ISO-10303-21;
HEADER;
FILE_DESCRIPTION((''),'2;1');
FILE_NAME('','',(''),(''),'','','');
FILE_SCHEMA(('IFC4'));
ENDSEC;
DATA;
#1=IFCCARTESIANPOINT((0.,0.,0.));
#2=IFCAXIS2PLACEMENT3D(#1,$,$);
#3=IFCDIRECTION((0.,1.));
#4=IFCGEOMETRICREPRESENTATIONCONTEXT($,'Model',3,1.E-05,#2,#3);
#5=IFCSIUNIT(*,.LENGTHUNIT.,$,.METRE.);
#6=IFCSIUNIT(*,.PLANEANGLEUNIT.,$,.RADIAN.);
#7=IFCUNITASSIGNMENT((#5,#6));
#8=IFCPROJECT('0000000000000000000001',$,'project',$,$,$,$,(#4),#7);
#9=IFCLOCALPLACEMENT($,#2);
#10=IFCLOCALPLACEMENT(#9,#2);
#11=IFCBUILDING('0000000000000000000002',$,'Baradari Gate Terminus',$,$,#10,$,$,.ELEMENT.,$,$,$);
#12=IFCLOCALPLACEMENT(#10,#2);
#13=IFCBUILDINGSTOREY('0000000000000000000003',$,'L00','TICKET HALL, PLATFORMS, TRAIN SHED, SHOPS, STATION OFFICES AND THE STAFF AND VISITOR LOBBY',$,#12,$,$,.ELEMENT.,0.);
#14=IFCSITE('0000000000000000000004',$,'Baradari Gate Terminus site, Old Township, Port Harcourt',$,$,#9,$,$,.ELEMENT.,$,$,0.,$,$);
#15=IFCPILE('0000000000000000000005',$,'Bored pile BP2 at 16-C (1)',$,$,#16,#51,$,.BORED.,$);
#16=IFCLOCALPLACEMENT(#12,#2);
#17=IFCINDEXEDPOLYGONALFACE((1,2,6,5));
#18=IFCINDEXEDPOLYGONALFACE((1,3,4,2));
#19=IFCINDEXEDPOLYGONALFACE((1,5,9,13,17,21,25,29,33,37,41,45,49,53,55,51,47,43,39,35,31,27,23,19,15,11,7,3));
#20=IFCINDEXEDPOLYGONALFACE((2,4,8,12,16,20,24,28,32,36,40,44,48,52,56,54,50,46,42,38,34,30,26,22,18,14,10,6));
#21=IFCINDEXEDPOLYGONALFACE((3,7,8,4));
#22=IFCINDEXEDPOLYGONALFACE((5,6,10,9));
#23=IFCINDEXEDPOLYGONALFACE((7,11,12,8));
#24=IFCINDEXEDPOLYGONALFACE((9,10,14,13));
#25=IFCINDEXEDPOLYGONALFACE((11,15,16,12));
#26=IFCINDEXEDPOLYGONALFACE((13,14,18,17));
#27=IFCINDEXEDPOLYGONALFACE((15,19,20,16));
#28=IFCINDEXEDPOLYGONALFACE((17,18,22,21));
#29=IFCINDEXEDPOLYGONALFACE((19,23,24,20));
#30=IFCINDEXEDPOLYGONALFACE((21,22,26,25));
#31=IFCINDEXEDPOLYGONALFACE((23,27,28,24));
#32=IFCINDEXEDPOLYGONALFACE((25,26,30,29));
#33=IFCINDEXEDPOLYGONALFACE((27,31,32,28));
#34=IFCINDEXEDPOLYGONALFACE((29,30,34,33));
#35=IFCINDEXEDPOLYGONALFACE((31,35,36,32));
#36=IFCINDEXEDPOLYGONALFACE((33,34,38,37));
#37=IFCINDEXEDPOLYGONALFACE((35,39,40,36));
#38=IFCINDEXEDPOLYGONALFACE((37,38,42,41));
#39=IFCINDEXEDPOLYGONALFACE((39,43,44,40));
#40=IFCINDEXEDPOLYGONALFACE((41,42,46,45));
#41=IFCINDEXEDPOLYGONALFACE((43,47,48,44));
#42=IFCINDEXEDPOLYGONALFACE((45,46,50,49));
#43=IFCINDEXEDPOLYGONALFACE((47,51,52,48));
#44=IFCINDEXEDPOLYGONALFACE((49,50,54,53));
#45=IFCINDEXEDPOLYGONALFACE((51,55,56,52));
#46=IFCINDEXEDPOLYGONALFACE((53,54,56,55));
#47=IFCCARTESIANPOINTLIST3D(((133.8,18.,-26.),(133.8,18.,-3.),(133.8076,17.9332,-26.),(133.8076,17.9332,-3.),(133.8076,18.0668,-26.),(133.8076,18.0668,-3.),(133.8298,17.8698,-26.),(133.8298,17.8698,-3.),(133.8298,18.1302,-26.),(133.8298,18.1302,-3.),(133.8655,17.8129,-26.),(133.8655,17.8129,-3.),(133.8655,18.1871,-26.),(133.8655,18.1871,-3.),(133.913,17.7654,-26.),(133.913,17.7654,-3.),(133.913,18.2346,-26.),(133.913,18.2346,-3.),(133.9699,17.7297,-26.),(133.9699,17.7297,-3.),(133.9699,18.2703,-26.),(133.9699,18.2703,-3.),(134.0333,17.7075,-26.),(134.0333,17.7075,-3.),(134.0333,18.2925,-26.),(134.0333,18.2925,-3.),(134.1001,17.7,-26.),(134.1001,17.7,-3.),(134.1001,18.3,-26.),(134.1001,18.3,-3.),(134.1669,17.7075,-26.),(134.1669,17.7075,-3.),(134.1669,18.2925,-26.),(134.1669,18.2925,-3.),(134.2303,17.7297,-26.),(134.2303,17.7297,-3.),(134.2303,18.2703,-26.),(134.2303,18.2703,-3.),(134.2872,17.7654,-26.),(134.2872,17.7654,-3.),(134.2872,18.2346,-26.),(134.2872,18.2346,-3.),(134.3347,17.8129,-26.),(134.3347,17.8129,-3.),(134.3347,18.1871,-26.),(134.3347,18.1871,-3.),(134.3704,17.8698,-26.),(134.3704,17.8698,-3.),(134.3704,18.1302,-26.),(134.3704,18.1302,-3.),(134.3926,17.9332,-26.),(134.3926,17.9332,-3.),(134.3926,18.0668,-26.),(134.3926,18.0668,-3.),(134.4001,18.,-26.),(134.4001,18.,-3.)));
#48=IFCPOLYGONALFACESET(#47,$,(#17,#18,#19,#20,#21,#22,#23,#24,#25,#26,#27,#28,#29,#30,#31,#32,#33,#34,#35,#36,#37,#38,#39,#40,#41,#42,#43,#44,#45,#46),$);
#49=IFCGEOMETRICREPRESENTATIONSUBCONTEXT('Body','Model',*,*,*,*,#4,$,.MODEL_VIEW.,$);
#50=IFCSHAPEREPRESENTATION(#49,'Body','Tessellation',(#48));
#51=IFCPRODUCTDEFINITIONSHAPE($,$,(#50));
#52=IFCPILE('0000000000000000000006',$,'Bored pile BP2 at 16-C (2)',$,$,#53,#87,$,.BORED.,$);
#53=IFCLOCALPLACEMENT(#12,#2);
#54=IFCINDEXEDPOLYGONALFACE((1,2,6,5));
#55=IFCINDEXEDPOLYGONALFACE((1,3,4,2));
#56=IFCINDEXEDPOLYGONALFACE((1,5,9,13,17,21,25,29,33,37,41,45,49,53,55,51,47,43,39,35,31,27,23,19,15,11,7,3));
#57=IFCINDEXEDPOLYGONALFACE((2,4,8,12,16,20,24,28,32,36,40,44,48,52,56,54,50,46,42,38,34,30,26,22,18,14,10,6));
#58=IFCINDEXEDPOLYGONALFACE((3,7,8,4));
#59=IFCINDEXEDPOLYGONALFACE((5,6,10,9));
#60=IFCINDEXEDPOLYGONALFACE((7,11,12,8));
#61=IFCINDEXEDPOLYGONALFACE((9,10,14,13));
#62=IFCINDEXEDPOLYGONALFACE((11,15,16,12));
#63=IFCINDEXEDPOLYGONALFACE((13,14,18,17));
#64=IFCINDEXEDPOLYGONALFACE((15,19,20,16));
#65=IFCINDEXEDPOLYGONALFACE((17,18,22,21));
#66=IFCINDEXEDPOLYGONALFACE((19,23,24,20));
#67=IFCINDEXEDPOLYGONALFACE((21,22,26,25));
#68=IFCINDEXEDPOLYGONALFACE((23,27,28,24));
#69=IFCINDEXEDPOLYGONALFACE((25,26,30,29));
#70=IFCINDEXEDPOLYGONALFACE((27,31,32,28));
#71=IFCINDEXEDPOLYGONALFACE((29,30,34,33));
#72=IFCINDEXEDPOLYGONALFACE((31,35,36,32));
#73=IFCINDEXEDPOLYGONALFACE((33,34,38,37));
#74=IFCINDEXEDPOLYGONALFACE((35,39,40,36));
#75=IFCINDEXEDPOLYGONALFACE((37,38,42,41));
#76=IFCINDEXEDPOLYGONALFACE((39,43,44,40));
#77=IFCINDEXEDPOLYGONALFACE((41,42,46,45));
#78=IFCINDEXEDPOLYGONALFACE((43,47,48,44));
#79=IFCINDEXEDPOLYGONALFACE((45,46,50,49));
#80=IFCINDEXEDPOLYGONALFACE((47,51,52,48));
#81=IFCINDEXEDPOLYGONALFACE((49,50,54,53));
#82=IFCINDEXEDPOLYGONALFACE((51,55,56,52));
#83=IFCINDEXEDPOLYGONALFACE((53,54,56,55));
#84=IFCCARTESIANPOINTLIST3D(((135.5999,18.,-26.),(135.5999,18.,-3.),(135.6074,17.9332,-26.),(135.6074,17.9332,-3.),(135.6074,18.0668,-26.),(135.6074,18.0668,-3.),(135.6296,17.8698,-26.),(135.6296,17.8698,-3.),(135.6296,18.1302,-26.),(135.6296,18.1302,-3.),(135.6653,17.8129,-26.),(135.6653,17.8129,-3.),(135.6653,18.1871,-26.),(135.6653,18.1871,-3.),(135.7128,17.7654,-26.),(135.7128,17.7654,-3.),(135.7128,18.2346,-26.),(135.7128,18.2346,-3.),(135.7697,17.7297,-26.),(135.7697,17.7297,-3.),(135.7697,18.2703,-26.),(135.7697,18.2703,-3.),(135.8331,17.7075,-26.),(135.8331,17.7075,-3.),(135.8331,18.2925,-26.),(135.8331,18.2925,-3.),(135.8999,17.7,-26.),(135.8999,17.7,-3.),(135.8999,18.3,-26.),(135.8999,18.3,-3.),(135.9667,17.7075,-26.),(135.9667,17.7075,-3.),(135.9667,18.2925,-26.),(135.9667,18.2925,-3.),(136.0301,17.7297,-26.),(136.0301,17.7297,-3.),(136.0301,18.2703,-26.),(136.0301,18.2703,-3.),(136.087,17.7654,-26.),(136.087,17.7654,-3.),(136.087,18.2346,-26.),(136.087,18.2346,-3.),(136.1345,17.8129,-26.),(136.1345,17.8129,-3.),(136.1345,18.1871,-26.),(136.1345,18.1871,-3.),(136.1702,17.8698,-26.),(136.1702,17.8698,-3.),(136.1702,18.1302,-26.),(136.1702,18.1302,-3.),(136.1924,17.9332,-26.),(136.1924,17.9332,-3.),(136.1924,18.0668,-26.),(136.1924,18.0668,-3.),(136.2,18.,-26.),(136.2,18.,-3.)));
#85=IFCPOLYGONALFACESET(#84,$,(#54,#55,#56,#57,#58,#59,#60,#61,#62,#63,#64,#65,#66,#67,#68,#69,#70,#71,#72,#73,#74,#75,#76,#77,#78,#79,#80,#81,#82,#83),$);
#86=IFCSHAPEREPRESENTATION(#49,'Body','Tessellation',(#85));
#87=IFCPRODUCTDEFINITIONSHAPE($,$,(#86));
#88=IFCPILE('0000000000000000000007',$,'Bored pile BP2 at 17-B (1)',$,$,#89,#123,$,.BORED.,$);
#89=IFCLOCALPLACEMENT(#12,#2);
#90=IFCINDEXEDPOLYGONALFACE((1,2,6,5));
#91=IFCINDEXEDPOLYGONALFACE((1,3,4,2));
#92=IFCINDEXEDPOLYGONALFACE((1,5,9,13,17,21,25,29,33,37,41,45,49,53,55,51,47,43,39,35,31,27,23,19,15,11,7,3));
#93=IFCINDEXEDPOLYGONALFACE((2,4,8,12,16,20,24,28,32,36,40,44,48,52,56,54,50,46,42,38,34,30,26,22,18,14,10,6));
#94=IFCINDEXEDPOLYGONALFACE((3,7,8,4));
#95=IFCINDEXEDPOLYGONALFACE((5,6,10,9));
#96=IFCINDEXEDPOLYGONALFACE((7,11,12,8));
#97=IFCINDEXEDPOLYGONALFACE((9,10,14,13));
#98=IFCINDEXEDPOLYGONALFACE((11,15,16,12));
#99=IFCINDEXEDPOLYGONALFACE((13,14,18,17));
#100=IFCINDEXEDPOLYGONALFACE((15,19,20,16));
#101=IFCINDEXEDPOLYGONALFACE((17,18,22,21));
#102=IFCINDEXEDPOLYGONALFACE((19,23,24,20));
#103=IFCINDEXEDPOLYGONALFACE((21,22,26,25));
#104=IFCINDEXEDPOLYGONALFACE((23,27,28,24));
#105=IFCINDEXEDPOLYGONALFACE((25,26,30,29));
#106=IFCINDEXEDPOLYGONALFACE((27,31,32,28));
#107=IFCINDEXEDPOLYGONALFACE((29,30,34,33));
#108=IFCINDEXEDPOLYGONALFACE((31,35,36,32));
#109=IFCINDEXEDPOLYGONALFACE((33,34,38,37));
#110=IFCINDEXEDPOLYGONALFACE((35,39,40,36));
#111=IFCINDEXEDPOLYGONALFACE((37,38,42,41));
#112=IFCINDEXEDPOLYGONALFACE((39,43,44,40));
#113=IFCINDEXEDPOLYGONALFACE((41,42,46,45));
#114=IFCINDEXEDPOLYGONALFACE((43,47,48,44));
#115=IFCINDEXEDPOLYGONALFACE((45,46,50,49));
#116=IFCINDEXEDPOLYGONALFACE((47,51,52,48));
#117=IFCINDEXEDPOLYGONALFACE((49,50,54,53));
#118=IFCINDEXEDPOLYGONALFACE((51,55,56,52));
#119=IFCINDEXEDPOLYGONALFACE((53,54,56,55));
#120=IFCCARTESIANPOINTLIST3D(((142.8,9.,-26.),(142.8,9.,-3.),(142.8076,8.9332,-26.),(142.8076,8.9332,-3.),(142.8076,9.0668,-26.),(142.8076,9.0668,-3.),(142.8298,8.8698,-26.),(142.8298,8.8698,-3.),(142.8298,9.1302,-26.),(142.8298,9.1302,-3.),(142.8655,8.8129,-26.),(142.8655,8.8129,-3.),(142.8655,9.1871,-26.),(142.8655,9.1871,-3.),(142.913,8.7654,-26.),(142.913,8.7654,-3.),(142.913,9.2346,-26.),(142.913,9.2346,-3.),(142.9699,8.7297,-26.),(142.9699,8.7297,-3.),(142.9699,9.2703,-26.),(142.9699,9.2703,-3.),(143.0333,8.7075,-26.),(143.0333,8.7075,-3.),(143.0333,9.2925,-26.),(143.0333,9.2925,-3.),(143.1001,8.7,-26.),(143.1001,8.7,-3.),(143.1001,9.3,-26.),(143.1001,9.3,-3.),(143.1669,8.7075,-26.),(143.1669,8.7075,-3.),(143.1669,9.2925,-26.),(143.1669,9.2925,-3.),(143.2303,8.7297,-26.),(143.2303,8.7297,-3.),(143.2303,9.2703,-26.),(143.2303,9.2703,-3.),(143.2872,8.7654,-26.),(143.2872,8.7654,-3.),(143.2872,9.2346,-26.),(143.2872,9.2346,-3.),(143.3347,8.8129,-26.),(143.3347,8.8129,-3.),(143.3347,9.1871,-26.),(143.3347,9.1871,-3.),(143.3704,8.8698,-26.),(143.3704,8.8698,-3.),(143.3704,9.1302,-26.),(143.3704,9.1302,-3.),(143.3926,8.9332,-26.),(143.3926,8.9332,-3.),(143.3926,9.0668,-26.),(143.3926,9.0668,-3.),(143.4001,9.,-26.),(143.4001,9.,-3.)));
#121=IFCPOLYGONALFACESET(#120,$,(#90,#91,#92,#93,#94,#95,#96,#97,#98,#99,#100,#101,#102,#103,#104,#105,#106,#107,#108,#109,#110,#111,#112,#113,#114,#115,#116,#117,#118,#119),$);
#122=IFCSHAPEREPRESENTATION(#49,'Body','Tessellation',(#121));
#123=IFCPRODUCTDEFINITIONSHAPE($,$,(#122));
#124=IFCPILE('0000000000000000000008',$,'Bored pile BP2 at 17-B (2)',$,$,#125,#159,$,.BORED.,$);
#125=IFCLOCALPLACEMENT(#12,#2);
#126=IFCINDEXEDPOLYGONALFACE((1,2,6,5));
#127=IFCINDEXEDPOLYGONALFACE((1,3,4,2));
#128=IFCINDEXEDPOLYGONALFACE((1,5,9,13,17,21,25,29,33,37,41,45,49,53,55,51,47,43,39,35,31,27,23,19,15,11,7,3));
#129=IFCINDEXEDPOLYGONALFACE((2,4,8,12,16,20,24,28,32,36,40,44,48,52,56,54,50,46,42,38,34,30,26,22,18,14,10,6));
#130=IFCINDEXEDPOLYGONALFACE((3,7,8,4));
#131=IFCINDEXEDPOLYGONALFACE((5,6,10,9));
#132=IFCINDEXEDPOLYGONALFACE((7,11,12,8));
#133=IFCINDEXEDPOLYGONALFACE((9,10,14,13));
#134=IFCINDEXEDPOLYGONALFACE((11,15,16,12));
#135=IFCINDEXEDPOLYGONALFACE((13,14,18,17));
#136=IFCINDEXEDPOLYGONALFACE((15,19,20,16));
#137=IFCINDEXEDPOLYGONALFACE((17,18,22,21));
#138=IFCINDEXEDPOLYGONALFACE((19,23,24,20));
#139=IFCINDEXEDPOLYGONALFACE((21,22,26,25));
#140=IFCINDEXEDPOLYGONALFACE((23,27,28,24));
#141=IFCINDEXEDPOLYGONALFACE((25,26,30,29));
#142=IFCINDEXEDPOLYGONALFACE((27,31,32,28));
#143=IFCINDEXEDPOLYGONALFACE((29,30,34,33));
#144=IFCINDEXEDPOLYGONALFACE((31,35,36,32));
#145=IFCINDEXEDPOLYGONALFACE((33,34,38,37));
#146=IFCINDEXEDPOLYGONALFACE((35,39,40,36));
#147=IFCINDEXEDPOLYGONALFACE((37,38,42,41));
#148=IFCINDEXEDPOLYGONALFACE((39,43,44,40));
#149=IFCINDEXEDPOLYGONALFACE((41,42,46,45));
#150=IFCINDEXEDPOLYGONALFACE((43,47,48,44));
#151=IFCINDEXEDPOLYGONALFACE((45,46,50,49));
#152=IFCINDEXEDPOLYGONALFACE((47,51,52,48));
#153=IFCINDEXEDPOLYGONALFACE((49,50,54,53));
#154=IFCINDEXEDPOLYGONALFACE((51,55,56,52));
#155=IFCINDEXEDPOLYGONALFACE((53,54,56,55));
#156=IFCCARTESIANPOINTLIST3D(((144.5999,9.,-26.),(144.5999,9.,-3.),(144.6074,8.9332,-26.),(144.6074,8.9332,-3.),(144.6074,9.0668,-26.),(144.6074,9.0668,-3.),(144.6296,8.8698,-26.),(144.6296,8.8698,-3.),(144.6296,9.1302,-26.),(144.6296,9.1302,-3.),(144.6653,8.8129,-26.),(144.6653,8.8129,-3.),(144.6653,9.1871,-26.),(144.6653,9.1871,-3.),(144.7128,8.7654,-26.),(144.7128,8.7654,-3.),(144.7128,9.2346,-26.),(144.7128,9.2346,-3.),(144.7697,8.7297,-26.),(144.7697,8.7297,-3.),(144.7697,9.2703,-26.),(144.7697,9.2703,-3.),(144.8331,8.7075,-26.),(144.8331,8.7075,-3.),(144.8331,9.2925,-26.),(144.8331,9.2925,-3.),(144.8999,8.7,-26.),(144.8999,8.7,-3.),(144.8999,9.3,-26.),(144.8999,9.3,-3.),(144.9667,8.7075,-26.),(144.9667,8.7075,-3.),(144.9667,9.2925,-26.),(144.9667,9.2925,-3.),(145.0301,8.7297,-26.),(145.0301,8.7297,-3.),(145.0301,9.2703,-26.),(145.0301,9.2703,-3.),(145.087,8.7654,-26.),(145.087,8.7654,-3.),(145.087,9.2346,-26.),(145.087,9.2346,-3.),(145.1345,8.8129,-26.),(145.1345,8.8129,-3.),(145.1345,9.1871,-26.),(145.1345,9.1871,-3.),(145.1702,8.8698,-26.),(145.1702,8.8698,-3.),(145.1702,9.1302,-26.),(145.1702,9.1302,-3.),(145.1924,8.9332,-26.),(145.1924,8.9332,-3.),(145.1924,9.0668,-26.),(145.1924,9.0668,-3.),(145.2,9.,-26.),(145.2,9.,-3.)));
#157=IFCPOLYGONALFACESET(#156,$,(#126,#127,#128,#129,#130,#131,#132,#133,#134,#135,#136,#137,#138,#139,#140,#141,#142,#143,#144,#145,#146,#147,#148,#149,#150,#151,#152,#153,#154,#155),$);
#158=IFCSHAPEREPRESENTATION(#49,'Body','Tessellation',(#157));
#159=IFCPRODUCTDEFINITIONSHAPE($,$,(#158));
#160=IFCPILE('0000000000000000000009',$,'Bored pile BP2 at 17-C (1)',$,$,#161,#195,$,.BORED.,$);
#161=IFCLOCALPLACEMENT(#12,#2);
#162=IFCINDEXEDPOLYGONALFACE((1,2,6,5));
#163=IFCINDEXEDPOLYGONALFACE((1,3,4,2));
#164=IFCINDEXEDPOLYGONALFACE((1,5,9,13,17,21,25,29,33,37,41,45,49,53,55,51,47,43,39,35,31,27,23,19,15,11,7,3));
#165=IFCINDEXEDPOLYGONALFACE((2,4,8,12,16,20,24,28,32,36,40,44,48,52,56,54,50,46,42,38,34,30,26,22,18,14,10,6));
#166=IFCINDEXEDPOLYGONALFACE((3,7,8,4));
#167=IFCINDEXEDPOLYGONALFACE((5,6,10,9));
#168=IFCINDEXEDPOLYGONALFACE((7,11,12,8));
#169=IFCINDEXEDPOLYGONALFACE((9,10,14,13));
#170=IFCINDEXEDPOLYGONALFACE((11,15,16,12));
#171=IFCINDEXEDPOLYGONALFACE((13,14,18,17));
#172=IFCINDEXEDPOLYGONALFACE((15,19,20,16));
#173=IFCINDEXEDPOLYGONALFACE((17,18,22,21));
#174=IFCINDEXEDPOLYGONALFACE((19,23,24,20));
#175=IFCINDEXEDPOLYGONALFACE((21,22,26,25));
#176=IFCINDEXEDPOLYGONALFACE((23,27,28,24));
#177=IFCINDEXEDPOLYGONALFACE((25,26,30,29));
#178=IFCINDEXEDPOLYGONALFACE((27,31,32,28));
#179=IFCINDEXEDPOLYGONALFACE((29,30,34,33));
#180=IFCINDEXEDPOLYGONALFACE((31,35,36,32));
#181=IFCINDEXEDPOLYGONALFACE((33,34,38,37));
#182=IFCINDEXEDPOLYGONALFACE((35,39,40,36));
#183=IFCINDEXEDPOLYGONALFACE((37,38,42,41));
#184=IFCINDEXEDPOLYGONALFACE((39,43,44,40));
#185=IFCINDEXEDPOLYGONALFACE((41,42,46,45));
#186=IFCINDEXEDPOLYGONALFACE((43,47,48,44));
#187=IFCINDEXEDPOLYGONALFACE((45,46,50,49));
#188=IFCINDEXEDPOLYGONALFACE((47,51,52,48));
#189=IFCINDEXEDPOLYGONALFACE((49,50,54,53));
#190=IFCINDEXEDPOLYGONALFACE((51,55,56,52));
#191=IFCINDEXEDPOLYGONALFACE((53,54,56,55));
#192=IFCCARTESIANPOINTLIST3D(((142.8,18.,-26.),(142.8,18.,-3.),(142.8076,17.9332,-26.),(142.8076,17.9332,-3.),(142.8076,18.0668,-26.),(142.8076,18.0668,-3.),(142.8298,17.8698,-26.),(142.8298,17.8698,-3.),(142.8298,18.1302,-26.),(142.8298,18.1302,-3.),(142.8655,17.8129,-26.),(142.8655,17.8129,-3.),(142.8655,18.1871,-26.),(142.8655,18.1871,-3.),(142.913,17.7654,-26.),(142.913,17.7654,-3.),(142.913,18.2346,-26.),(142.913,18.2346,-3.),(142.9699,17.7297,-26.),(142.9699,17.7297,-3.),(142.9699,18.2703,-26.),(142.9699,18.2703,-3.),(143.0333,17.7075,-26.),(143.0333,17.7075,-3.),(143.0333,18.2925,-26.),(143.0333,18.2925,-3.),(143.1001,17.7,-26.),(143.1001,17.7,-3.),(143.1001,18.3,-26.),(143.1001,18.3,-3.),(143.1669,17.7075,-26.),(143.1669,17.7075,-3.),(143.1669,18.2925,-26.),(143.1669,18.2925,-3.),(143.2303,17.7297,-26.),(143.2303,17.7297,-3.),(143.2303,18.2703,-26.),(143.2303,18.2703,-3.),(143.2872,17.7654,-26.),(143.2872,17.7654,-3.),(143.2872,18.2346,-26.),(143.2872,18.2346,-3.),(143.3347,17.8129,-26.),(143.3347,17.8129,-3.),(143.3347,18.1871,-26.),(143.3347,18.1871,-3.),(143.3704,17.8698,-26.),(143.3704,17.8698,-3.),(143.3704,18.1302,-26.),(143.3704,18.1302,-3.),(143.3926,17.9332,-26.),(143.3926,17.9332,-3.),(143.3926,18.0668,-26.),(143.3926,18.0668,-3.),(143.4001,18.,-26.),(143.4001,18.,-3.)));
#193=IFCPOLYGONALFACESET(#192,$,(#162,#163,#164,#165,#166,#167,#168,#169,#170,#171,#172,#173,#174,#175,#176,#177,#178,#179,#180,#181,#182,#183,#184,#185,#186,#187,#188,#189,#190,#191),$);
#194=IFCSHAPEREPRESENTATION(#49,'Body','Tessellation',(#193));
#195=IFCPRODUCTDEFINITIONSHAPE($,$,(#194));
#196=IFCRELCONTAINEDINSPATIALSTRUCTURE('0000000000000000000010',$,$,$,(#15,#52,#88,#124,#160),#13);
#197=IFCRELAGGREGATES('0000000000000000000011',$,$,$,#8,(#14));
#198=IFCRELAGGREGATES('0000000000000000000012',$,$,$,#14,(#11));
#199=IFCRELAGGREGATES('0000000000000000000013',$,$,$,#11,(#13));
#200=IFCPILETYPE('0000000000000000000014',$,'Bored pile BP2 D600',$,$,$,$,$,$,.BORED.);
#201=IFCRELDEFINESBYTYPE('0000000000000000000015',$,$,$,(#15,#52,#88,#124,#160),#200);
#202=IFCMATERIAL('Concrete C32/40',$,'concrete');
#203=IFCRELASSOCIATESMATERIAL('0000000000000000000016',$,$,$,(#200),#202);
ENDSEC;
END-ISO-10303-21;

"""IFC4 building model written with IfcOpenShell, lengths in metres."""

from ifc_helpers import new_model, si_unit, direction, frame, origin, origin_2d, place, context, subcontext, project, spatial, circle, extrude, material, type_object, element, save


model = new_model("IFC4")

# Units and contexts
model_context = context("Model", 3, precision=1e-05, world=origin(), true_north=direction((0.0, 1.0)))
body_context = subcontext(model_context, "Body", "Model", "MODEL_VIEW")
ifc_project = project(units=[si_unit("LENGTHUNIT", "METRE"), si_unit("PLANEANGLEUNIT", "RADIAN")], contexts=[model_context])

# Site, building, storey
site_placement = place(None, origin())
site = spatial("IfcSite", under=ifc_project, at=site_placement, Name="Baradari Gate Terminus site, Old Township, Port Harcourt", CompositionType="ELEMENT", RefElevation=0.0)
building_placement = place(site_placement, origin())
building = spatial("IfcBuilding", under=site, at=building_placement, Name="Baradari Gate Terminus", CompositionType="ELEMENT")
storey_placement = place(building_placement, origin())
storey = spatial("IfcBuildingStorey", under=building, at=storey_placement, Name="L00", Description="TICKET HALL, PLATFORMS, TRAIN SHED, SHOPS, STATION OFFICES AND THE STAFF AND VISITOR LOBBY", CompositionType="ELEMENT", Elevation=0.0)

# Piles
ifc_material_1 = material(Name="Concrete C32/40", Category="concrete")
pile_type = type_object("IfcPileType", Name="Bored pile BP2 D600", PredefinedType="BORED", material=ifc_material_1)
for number, where, z_axis, x_axis, name in (
    (1, (134.1001, 18.0, -3.0), (0.0, 0.0, -1.0), (1.0, 0.0, 0.0), "Bored pile BP2 at 16-C (1)"),
    (2, (135.8999, 18.0, -3.0), (0.0, 0.0, -1.0), (1.0, 0.0, 0.0), "Bored pile BP2 at 16-C (2)"),
    (3, (143.1001, 9.0, -3.0), (0.0, 0.0, -1.0), (1.0, 0.0, 0.0), "Bored pile BP2 at 17-B (1)"),
    (4, (144.8999, 9.0, -3.0), (0.0, 0.0, -1.0), (1.0, 0.0, 0.0), "Bored pile BP2 at 17-B (2)"),
    (5, (143.1001, 18.0, -3.0), (0.0, 0.0, -1.0), (1.0, 0.0, 0.0), "Bored pile BP2 at 17-C (1)"),
):
    element("IfcPile", number, at=place(storey_placement, frame(where, z_axis=z_axis, x_axis=x_axis)), inside=storey, type_object=pile_type, Name=name, PredefinedType="BORED", context=body_context, shape_type="SweptSolid", body=[
        extrude(circle(Radius=0.3, at=origin_2d()), origin(), (0.0, 0.0, 1.0), 23.0),
    ])

save(model, "model.ifc")
